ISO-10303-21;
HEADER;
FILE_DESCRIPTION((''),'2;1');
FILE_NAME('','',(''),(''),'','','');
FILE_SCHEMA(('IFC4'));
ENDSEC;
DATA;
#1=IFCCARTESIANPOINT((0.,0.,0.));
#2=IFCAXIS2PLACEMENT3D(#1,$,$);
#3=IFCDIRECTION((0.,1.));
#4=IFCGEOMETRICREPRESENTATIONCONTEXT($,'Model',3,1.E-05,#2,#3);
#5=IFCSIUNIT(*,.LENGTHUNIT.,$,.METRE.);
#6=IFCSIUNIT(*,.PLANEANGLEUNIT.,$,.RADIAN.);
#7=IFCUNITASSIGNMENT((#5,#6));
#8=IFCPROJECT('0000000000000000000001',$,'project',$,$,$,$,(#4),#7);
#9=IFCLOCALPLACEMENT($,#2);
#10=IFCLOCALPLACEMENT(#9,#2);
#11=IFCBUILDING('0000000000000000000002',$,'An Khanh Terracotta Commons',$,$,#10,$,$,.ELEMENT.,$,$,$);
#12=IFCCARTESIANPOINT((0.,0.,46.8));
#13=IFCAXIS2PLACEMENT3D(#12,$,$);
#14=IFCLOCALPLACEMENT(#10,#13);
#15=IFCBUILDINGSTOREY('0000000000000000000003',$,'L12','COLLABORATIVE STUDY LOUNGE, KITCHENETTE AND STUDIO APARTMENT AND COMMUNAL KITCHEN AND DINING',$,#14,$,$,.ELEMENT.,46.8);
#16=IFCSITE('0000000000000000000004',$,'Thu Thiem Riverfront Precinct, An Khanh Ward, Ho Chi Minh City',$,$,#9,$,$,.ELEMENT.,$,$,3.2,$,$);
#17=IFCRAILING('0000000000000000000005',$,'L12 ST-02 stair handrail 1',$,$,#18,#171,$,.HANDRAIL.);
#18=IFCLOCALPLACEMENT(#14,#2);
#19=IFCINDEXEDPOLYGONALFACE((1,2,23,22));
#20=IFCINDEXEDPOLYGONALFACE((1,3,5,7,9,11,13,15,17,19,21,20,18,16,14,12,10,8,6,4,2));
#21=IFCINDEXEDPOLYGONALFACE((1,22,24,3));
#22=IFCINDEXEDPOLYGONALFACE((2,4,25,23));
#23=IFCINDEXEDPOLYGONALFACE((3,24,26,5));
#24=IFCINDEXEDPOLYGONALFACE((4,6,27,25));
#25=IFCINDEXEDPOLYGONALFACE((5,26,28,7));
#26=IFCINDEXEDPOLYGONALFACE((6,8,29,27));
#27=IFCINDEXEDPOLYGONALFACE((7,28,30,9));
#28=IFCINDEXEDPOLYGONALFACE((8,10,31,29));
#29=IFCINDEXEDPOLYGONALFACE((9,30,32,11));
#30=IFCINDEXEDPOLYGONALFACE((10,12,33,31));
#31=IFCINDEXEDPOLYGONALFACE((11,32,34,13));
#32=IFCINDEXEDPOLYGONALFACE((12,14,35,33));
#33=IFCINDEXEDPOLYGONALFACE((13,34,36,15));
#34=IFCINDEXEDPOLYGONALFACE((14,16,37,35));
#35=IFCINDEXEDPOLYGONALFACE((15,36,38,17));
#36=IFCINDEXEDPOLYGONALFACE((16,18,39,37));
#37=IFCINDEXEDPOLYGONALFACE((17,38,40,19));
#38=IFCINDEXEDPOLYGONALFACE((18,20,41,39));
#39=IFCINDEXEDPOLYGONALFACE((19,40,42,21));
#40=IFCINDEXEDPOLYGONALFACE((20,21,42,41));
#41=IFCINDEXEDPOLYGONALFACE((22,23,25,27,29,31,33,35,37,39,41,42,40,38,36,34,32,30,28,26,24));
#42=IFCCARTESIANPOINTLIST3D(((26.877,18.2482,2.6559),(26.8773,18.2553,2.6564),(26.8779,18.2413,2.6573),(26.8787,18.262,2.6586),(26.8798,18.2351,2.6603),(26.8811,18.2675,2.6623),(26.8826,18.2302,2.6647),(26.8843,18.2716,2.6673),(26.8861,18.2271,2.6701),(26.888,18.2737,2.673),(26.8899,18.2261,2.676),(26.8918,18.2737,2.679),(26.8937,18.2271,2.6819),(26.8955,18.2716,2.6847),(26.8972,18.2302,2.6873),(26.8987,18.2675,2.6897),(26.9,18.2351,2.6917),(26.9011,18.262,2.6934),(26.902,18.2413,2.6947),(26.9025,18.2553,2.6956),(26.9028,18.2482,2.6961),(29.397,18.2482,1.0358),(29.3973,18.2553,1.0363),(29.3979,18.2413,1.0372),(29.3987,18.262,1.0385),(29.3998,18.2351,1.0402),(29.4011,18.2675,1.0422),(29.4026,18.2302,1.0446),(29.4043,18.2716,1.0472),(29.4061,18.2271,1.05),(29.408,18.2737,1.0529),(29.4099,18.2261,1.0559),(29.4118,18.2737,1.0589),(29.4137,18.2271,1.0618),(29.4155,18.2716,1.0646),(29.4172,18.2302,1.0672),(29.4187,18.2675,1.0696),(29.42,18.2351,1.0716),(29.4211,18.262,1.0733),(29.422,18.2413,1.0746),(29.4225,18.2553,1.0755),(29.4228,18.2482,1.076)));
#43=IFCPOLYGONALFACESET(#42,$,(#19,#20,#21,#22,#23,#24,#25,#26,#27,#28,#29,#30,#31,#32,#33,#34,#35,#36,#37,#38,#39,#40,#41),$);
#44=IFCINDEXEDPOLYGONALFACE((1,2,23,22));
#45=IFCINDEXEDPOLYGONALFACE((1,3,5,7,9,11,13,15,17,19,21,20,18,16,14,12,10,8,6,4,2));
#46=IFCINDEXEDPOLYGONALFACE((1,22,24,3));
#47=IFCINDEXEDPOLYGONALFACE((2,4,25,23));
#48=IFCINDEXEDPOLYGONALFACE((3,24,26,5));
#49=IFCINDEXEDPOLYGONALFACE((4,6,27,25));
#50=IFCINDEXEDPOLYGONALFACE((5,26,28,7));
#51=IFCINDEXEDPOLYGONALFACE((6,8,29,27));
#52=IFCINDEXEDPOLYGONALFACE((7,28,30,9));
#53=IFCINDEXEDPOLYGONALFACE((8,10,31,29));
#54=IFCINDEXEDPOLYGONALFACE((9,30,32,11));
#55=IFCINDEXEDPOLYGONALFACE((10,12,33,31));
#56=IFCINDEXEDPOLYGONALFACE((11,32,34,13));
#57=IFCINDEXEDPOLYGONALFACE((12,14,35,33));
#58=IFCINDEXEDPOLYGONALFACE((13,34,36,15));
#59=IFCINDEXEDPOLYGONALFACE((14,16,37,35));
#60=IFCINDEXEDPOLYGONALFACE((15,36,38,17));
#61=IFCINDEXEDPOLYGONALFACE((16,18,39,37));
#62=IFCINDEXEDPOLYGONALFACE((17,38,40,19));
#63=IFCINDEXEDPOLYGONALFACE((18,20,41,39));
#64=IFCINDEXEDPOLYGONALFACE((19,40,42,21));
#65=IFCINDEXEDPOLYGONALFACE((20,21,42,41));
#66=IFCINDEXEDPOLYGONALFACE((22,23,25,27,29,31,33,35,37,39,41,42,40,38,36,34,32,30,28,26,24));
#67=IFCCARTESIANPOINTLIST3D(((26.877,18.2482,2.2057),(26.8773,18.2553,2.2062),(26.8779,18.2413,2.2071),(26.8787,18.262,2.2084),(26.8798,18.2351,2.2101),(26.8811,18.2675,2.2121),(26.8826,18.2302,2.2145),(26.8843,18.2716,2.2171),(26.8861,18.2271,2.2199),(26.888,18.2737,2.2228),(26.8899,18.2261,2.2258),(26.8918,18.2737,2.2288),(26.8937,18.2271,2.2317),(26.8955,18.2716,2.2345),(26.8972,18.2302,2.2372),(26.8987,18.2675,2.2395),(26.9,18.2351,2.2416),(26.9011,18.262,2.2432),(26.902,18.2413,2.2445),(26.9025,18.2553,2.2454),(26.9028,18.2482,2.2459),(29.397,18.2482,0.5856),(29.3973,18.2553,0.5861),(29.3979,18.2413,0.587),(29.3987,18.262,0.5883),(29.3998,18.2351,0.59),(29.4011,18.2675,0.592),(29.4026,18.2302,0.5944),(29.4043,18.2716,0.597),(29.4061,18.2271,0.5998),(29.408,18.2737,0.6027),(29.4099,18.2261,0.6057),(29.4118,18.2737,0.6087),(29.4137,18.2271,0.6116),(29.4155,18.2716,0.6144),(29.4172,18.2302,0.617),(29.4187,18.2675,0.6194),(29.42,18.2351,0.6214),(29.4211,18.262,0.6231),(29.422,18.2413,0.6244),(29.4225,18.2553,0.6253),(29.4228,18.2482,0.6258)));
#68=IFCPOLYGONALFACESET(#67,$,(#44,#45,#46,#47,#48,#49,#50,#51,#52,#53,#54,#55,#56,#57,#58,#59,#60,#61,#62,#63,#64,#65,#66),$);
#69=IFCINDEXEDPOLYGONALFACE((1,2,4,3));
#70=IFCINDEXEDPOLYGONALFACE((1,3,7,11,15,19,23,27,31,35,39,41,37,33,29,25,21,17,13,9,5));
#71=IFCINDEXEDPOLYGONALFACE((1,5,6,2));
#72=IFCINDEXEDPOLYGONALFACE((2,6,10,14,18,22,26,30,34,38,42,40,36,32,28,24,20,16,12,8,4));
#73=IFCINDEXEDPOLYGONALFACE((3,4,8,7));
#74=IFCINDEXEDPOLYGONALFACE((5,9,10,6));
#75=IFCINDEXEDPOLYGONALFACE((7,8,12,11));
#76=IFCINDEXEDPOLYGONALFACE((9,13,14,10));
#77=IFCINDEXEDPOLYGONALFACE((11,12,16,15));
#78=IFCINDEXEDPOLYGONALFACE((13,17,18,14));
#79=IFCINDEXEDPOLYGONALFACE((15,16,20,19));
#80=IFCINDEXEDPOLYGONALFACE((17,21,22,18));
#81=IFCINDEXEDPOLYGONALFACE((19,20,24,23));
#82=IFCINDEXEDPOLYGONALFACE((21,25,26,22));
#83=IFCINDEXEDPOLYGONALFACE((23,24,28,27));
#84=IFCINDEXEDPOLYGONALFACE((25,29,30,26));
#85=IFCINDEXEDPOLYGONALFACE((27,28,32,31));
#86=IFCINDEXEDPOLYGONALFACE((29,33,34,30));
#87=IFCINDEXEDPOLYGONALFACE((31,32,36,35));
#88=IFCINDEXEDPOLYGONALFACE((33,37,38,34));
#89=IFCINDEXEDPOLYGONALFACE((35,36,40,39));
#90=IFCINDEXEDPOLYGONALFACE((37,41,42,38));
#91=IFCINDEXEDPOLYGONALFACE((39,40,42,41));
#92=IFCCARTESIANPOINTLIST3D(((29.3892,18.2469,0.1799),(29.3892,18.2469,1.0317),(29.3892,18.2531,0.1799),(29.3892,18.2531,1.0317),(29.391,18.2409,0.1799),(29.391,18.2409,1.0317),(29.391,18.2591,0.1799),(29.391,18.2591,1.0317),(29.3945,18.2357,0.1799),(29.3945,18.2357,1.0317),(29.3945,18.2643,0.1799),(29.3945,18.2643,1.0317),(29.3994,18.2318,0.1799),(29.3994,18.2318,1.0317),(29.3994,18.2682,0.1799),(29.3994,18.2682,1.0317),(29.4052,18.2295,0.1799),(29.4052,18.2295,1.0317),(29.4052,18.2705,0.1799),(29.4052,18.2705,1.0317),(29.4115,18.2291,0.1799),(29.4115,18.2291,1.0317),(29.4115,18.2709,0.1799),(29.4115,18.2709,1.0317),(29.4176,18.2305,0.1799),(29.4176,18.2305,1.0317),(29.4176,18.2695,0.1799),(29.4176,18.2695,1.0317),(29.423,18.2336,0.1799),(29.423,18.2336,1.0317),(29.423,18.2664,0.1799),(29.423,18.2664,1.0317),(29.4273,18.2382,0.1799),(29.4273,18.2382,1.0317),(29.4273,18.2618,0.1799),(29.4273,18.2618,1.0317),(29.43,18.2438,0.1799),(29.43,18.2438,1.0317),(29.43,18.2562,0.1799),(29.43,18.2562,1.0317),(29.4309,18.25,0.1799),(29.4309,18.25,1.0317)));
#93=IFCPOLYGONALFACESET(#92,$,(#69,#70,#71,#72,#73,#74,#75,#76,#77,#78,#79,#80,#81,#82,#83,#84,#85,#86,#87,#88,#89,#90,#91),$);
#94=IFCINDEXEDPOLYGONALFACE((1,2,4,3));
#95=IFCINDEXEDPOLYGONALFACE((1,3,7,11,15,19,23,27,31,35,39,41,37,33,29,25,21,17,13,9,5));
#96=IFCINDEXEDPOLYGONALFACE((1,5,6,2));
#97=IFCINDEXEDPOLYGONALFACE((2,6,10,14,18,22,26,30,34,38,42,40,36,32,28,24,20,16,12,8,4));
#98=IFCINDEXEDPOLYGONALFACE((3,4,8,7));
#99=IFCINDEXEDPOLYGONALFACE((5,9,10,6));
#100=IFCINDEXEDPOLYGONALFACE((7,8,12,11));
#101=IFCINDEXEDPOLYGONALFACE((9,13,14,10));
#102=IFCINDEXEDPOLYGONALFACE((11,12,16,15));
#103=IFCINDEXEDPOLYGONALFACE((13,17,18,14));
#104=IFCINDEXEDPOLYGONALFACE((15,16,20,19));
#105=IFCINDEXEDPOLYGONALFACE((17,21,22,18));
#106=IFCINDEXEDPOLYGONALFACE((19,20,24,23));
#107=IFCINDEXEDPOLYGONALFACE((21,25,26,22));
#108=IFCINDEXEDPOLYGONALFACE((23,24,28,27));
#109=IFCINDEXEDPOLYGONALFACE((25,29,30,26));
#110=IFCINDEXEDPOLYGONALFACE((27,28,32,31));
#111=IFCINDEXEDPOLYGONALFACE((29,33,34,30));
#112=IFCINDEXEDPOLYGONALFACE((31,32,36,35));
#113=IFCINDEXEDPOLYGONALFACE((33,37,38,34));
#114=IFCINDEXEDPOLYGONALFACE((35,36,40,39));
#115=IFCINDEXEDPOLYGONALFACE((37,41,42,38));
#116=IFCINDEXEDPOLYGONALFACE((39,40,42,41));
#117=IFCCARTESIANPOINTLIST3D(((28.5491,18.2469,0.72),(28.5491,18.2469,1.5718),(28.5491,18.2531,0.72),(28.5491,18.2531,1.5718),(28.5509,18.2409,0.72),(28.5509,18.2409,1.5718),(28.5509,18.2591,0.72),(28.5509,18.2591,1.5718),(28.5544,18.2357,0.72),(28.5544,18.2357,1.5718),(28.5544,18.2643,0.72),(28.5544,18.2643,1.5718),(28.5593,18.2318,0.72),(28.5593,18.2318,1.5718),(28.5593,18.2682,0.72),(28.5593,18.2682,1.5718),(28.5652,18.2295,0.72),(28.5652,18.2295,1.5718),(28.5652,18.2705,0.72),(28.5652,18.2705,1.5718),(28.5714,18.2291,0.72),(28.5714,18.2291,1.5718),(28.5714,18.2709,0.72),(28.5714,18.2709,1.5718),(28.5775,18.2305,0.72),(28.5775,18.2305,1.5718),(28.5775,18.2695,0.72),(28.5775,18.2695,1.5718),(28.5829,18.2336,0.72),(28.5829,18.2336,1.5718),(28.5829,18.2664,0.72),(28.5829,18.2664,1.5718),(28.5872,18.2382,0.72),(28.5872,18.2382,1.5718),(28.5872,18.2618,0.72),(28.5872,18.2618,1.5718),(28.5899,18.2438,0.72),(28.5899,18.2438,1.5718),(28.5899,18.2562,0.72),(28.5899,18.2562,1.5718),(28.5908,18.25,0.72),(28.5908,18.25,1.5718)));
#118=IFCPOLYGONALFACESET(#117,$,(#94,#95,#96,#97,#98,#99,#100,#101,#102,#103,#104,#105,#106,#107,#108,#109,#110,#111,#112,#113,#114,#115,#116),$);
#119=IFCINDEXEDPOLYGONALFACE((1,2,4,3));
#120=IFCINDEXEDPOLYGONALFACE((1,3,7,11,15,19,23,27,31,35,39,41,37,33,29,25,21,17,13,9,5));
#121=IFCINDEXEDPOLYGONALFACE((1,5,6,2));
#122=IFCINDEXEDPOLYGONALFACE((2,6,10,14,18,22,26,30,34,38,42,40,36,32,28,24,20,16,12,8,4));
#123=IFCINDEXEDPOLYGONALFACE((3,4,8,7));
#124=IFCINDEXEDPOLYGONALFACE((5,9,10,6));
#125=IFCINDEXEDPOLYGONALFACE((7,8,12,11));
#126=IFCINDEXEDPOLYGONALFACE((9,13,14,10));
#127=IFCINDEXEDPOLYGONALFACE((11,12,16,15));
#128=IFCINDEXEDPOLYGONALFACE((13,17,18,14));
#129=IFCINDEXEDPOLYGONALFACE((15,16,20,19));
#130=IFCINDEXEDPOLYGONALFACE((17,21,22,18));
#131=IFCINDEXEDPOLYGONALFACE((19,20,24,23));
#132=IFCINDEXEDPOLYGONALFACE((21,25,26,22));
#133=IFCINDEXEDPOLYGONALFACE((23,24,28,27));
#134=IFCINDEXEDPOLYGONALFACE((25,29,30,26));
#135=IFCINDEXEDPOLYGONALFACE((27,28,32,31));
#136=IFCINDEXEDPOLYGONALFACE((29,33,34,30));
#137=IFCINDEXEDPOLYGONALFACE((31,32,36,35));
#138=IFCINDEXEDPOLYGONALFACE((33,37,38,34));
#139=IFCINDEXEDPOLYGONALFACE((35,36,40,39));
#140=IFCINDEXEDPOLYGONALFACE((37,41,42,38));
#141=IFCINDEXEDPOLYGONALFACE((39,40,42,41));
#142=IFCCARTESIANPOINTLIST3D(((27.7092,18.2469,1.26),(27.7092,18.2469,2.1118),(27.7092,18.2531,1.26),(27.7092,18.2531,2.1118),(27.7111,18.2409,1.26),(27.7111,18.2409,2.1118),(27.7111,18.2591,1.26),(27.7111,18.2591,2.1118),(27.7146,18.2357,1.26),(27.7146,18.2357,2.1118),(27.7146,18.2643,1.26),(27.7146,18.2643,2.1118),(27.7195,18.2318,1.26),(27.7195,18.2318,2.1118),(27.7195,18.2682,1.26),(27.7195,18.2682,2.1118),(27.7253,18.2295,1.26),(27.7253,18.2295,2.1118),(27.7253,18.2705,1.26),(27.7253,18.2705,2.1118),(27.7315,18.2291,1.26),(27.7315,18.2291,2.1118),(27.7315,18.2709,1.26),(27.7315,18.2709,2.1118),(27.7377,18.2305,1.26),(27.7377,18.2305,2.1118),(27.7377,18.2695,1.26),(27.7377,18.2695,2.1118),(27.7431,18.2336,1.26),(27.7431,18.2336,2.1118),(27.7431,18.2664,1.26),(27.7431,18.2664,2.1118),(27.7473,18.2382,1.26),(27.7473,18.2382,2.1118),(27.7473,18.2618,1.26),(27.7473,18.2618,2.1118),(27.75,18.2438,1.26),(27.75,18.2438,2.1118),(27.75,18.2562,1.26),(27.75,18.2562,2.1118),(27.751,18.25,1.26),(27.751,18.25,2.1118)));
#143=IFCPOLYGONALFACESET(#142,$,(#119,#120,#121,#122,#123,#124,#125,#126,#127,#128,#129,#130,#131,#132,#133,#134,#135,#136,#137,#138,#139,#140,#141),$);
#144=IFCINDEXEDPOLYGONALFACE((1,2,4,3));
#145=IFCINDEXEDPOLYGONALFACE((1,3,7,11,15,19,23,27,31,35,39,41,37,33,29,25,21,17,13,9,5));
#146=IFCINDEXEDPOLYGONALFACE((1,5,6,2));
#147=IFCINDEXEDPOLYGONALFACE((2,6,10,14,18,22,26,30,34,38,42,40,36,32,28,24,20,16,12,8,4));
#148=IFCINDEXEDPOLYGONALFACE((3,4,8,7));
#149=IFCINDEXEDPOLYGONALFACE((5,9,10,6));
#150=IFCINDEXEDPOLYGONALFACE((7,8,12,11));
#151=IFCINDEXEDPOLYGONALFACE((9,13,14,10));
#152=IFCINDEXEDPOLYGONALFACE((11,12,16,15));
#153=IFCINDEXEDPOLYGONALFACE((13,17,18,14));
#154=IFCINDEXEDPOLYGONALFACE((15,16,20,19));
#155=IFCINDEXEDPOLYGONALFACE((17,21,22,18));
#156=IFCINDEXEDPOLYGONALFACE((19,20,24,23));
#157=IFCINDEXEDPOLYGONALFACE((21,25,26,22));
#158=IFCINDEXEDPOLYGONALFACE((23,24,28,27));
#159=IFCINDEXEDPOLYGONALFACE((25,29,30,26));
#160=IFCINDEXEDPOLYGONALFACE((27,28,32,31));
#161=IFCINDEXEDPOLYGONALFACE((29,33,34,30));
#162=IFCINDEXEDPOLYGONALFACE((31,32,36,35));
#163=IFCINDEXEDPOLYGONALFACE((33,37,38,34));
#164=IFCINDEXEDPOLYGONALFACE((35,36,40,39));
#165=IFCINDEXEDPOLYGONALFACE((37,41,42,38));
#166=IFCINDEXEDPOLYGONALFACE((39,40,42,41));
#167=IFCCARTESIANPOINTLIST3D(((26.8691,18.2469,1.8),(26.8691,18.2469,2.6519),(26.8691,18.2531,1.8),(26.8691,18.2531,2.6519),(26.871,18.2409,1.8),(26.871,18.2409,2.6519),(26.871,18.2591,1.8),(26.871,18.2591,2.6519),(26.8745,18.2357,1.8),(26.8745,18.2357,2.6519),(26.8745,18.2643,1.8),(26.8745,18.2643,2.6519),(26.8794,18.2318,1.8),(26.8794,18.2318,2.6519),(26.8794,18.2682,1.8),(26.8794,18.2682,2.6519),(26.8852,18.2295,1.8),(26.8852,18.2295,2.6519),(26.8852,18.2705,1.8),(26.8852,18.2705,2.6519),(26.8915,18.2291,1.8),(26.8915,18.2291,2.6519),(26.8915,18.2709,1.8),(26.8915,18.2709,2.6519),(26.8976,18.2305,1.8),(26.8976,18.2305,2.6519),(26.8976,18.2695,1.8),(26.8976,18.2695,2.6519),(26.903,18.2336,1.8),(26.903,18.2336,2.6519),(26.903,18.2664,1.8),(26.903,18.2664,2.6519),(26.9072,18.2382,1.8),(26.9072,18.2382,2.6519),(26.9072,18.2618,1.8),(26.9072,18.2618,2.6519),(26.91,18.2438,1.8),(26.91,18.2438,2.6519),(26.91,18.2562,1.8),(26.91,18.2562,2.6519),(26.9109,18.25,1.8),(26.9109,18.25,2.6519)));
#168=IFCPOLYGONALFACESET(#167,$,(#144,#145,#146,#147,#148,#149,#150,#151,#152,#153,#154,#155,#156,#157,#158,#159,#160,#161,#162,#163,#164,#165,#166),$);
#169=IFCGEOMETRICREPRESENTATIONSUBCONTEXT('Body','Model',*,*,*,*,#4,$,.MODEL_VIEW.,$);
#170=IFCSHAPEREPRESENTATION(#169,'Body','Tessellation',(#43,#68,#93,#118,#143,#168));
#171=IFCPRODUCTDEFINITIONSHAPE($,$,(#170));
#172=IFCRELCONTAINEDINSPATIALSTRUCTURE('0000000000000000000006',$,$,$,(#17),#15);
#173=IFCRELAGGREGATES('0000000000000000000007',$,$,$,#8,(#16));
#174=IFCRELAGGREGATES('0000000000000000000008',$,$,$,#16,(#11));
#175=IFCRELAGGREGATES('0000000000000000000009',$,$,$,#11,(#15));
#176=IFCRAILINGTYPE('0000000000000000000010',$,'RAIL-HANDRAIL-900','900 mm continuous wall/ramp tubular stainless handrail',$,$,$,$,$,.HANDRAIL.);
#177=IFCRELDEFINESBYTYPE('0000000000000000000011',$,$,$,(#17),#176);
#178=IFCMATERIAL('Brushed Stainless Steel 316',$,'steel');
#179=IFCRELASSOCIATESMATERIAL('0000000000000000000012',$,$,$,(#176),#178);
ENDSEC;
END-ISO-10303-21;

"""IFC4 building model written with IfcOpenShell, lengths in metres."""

from ifc_helpers import new_model, si_unit, direction, frame, origin, origin_2d, place, context, subcontext, project, spatial, circle, extrude, material, type_object, element, save


model = new_model("IFC4")

# Units and contexts
model_context = context("Model", 3, precision=1e-05, world=origin(), true_north=direction((0.0, 1.0)))
body_context = subcontext(model_context, "Body", "Model", "MODEL_VIEW")
ifc_project = project(units=[si_unit("LENGTHUNIT", "METRE"), si_unit("PLANEANGLEUNIT", "RADIAN")], contexts=[model_context])

# Site, building, storey
site_placement = place(None, origin())
site = spatial("IfcSite", under=ifc_project, at=site_placement, Name="Thu Thiem Riverfront Precinct, An Khanh Ward, Ho Chi Minh City", CompositionType="ELEMENT", RefElevation=3.2)
building_placement = place(site_placement, origin())
building = spatial("IfcBuilding", under=site, at=building_placement, Name="An Khanh Terracotta Commons", CompositionType="ELEMENT")
storey_placement = place(building_placement, frame((0.0, 0.0, 46.8)))
storey = spatial("IfcBuildingStorey", under=building, at=storey_placement, Name="L12", Description="COLLABORATIVE STUDY LOUNGE, KITCHENETTE AND STUDIO APARTMENT AND COMMUNAL KITCHEN AND DINING", CompositionType="ELEMENT", Elevation=46.8)

# Railing
ifc_material_1 = material(Name="Brushed Stainless Steel 316", Category="steel")
railing_type_1 = type_object("IfcRailingType", Name="RAIL-HANDRAIL-900", Description="900 mm continuous wall/ramp tubular stainless handrail", PredefinedType="HANDRAIL", material=ifc_material_1)
railing_1_placement = place(storey_placement, frame((29.4099, 18.25, 0.1799)))
element("IfcRailing", 1, at=railing_1_placement, inside=storey, type_object=railing_type_1, Name="L12 ST-02 stair handrail 1", PredefinedType="HANDRAIL", context=body_context, shape_type="SweptSolid", body=[
    extrude(circle(Radius=0.0239, at=origin_2d()), frame((0.0, 0.0, 0.876), z_axis=(-0.841163, 0.0, 0.540782), x_axis=(0.0, -1.0, 0.0)), (0.0, 0.0, 1.0), 2.9958),
    extrude(circle(Radius=0.0239, at=origin_2d()), frame((0.0, 0.0, 0.4258), z_axis=(-0.841163, 0.0, 0.540782), x_axis=(0.0, -1.0, 0.0)), (0.0, 0.0, 1.0), 2.9958),
    extrude(circle(Radius=0.021, at=origin_2d()), origin(), (0.0, 0.0, 1.0), 0.8518),
    extrude(circle(Radius=0.021, at=origin_2d()), frame((-0.8401, 0.0, 0.54)), (0.0, 0.0, 1.0), 0.8518),
    extrude(circle(Radius=0.021, at=origin_2d()), frame((-1.6799, 0.0, 1.0801)), (0.0, 0.0, 1.0), 0.8518),
    extrude(circle(Radius=0.021, at=origin_2d()), frame((-2.52, 0.0, 1.6201)), (0.0, 0.0, 1.0), 0.8518),
])

save(model, "model.ifc")
